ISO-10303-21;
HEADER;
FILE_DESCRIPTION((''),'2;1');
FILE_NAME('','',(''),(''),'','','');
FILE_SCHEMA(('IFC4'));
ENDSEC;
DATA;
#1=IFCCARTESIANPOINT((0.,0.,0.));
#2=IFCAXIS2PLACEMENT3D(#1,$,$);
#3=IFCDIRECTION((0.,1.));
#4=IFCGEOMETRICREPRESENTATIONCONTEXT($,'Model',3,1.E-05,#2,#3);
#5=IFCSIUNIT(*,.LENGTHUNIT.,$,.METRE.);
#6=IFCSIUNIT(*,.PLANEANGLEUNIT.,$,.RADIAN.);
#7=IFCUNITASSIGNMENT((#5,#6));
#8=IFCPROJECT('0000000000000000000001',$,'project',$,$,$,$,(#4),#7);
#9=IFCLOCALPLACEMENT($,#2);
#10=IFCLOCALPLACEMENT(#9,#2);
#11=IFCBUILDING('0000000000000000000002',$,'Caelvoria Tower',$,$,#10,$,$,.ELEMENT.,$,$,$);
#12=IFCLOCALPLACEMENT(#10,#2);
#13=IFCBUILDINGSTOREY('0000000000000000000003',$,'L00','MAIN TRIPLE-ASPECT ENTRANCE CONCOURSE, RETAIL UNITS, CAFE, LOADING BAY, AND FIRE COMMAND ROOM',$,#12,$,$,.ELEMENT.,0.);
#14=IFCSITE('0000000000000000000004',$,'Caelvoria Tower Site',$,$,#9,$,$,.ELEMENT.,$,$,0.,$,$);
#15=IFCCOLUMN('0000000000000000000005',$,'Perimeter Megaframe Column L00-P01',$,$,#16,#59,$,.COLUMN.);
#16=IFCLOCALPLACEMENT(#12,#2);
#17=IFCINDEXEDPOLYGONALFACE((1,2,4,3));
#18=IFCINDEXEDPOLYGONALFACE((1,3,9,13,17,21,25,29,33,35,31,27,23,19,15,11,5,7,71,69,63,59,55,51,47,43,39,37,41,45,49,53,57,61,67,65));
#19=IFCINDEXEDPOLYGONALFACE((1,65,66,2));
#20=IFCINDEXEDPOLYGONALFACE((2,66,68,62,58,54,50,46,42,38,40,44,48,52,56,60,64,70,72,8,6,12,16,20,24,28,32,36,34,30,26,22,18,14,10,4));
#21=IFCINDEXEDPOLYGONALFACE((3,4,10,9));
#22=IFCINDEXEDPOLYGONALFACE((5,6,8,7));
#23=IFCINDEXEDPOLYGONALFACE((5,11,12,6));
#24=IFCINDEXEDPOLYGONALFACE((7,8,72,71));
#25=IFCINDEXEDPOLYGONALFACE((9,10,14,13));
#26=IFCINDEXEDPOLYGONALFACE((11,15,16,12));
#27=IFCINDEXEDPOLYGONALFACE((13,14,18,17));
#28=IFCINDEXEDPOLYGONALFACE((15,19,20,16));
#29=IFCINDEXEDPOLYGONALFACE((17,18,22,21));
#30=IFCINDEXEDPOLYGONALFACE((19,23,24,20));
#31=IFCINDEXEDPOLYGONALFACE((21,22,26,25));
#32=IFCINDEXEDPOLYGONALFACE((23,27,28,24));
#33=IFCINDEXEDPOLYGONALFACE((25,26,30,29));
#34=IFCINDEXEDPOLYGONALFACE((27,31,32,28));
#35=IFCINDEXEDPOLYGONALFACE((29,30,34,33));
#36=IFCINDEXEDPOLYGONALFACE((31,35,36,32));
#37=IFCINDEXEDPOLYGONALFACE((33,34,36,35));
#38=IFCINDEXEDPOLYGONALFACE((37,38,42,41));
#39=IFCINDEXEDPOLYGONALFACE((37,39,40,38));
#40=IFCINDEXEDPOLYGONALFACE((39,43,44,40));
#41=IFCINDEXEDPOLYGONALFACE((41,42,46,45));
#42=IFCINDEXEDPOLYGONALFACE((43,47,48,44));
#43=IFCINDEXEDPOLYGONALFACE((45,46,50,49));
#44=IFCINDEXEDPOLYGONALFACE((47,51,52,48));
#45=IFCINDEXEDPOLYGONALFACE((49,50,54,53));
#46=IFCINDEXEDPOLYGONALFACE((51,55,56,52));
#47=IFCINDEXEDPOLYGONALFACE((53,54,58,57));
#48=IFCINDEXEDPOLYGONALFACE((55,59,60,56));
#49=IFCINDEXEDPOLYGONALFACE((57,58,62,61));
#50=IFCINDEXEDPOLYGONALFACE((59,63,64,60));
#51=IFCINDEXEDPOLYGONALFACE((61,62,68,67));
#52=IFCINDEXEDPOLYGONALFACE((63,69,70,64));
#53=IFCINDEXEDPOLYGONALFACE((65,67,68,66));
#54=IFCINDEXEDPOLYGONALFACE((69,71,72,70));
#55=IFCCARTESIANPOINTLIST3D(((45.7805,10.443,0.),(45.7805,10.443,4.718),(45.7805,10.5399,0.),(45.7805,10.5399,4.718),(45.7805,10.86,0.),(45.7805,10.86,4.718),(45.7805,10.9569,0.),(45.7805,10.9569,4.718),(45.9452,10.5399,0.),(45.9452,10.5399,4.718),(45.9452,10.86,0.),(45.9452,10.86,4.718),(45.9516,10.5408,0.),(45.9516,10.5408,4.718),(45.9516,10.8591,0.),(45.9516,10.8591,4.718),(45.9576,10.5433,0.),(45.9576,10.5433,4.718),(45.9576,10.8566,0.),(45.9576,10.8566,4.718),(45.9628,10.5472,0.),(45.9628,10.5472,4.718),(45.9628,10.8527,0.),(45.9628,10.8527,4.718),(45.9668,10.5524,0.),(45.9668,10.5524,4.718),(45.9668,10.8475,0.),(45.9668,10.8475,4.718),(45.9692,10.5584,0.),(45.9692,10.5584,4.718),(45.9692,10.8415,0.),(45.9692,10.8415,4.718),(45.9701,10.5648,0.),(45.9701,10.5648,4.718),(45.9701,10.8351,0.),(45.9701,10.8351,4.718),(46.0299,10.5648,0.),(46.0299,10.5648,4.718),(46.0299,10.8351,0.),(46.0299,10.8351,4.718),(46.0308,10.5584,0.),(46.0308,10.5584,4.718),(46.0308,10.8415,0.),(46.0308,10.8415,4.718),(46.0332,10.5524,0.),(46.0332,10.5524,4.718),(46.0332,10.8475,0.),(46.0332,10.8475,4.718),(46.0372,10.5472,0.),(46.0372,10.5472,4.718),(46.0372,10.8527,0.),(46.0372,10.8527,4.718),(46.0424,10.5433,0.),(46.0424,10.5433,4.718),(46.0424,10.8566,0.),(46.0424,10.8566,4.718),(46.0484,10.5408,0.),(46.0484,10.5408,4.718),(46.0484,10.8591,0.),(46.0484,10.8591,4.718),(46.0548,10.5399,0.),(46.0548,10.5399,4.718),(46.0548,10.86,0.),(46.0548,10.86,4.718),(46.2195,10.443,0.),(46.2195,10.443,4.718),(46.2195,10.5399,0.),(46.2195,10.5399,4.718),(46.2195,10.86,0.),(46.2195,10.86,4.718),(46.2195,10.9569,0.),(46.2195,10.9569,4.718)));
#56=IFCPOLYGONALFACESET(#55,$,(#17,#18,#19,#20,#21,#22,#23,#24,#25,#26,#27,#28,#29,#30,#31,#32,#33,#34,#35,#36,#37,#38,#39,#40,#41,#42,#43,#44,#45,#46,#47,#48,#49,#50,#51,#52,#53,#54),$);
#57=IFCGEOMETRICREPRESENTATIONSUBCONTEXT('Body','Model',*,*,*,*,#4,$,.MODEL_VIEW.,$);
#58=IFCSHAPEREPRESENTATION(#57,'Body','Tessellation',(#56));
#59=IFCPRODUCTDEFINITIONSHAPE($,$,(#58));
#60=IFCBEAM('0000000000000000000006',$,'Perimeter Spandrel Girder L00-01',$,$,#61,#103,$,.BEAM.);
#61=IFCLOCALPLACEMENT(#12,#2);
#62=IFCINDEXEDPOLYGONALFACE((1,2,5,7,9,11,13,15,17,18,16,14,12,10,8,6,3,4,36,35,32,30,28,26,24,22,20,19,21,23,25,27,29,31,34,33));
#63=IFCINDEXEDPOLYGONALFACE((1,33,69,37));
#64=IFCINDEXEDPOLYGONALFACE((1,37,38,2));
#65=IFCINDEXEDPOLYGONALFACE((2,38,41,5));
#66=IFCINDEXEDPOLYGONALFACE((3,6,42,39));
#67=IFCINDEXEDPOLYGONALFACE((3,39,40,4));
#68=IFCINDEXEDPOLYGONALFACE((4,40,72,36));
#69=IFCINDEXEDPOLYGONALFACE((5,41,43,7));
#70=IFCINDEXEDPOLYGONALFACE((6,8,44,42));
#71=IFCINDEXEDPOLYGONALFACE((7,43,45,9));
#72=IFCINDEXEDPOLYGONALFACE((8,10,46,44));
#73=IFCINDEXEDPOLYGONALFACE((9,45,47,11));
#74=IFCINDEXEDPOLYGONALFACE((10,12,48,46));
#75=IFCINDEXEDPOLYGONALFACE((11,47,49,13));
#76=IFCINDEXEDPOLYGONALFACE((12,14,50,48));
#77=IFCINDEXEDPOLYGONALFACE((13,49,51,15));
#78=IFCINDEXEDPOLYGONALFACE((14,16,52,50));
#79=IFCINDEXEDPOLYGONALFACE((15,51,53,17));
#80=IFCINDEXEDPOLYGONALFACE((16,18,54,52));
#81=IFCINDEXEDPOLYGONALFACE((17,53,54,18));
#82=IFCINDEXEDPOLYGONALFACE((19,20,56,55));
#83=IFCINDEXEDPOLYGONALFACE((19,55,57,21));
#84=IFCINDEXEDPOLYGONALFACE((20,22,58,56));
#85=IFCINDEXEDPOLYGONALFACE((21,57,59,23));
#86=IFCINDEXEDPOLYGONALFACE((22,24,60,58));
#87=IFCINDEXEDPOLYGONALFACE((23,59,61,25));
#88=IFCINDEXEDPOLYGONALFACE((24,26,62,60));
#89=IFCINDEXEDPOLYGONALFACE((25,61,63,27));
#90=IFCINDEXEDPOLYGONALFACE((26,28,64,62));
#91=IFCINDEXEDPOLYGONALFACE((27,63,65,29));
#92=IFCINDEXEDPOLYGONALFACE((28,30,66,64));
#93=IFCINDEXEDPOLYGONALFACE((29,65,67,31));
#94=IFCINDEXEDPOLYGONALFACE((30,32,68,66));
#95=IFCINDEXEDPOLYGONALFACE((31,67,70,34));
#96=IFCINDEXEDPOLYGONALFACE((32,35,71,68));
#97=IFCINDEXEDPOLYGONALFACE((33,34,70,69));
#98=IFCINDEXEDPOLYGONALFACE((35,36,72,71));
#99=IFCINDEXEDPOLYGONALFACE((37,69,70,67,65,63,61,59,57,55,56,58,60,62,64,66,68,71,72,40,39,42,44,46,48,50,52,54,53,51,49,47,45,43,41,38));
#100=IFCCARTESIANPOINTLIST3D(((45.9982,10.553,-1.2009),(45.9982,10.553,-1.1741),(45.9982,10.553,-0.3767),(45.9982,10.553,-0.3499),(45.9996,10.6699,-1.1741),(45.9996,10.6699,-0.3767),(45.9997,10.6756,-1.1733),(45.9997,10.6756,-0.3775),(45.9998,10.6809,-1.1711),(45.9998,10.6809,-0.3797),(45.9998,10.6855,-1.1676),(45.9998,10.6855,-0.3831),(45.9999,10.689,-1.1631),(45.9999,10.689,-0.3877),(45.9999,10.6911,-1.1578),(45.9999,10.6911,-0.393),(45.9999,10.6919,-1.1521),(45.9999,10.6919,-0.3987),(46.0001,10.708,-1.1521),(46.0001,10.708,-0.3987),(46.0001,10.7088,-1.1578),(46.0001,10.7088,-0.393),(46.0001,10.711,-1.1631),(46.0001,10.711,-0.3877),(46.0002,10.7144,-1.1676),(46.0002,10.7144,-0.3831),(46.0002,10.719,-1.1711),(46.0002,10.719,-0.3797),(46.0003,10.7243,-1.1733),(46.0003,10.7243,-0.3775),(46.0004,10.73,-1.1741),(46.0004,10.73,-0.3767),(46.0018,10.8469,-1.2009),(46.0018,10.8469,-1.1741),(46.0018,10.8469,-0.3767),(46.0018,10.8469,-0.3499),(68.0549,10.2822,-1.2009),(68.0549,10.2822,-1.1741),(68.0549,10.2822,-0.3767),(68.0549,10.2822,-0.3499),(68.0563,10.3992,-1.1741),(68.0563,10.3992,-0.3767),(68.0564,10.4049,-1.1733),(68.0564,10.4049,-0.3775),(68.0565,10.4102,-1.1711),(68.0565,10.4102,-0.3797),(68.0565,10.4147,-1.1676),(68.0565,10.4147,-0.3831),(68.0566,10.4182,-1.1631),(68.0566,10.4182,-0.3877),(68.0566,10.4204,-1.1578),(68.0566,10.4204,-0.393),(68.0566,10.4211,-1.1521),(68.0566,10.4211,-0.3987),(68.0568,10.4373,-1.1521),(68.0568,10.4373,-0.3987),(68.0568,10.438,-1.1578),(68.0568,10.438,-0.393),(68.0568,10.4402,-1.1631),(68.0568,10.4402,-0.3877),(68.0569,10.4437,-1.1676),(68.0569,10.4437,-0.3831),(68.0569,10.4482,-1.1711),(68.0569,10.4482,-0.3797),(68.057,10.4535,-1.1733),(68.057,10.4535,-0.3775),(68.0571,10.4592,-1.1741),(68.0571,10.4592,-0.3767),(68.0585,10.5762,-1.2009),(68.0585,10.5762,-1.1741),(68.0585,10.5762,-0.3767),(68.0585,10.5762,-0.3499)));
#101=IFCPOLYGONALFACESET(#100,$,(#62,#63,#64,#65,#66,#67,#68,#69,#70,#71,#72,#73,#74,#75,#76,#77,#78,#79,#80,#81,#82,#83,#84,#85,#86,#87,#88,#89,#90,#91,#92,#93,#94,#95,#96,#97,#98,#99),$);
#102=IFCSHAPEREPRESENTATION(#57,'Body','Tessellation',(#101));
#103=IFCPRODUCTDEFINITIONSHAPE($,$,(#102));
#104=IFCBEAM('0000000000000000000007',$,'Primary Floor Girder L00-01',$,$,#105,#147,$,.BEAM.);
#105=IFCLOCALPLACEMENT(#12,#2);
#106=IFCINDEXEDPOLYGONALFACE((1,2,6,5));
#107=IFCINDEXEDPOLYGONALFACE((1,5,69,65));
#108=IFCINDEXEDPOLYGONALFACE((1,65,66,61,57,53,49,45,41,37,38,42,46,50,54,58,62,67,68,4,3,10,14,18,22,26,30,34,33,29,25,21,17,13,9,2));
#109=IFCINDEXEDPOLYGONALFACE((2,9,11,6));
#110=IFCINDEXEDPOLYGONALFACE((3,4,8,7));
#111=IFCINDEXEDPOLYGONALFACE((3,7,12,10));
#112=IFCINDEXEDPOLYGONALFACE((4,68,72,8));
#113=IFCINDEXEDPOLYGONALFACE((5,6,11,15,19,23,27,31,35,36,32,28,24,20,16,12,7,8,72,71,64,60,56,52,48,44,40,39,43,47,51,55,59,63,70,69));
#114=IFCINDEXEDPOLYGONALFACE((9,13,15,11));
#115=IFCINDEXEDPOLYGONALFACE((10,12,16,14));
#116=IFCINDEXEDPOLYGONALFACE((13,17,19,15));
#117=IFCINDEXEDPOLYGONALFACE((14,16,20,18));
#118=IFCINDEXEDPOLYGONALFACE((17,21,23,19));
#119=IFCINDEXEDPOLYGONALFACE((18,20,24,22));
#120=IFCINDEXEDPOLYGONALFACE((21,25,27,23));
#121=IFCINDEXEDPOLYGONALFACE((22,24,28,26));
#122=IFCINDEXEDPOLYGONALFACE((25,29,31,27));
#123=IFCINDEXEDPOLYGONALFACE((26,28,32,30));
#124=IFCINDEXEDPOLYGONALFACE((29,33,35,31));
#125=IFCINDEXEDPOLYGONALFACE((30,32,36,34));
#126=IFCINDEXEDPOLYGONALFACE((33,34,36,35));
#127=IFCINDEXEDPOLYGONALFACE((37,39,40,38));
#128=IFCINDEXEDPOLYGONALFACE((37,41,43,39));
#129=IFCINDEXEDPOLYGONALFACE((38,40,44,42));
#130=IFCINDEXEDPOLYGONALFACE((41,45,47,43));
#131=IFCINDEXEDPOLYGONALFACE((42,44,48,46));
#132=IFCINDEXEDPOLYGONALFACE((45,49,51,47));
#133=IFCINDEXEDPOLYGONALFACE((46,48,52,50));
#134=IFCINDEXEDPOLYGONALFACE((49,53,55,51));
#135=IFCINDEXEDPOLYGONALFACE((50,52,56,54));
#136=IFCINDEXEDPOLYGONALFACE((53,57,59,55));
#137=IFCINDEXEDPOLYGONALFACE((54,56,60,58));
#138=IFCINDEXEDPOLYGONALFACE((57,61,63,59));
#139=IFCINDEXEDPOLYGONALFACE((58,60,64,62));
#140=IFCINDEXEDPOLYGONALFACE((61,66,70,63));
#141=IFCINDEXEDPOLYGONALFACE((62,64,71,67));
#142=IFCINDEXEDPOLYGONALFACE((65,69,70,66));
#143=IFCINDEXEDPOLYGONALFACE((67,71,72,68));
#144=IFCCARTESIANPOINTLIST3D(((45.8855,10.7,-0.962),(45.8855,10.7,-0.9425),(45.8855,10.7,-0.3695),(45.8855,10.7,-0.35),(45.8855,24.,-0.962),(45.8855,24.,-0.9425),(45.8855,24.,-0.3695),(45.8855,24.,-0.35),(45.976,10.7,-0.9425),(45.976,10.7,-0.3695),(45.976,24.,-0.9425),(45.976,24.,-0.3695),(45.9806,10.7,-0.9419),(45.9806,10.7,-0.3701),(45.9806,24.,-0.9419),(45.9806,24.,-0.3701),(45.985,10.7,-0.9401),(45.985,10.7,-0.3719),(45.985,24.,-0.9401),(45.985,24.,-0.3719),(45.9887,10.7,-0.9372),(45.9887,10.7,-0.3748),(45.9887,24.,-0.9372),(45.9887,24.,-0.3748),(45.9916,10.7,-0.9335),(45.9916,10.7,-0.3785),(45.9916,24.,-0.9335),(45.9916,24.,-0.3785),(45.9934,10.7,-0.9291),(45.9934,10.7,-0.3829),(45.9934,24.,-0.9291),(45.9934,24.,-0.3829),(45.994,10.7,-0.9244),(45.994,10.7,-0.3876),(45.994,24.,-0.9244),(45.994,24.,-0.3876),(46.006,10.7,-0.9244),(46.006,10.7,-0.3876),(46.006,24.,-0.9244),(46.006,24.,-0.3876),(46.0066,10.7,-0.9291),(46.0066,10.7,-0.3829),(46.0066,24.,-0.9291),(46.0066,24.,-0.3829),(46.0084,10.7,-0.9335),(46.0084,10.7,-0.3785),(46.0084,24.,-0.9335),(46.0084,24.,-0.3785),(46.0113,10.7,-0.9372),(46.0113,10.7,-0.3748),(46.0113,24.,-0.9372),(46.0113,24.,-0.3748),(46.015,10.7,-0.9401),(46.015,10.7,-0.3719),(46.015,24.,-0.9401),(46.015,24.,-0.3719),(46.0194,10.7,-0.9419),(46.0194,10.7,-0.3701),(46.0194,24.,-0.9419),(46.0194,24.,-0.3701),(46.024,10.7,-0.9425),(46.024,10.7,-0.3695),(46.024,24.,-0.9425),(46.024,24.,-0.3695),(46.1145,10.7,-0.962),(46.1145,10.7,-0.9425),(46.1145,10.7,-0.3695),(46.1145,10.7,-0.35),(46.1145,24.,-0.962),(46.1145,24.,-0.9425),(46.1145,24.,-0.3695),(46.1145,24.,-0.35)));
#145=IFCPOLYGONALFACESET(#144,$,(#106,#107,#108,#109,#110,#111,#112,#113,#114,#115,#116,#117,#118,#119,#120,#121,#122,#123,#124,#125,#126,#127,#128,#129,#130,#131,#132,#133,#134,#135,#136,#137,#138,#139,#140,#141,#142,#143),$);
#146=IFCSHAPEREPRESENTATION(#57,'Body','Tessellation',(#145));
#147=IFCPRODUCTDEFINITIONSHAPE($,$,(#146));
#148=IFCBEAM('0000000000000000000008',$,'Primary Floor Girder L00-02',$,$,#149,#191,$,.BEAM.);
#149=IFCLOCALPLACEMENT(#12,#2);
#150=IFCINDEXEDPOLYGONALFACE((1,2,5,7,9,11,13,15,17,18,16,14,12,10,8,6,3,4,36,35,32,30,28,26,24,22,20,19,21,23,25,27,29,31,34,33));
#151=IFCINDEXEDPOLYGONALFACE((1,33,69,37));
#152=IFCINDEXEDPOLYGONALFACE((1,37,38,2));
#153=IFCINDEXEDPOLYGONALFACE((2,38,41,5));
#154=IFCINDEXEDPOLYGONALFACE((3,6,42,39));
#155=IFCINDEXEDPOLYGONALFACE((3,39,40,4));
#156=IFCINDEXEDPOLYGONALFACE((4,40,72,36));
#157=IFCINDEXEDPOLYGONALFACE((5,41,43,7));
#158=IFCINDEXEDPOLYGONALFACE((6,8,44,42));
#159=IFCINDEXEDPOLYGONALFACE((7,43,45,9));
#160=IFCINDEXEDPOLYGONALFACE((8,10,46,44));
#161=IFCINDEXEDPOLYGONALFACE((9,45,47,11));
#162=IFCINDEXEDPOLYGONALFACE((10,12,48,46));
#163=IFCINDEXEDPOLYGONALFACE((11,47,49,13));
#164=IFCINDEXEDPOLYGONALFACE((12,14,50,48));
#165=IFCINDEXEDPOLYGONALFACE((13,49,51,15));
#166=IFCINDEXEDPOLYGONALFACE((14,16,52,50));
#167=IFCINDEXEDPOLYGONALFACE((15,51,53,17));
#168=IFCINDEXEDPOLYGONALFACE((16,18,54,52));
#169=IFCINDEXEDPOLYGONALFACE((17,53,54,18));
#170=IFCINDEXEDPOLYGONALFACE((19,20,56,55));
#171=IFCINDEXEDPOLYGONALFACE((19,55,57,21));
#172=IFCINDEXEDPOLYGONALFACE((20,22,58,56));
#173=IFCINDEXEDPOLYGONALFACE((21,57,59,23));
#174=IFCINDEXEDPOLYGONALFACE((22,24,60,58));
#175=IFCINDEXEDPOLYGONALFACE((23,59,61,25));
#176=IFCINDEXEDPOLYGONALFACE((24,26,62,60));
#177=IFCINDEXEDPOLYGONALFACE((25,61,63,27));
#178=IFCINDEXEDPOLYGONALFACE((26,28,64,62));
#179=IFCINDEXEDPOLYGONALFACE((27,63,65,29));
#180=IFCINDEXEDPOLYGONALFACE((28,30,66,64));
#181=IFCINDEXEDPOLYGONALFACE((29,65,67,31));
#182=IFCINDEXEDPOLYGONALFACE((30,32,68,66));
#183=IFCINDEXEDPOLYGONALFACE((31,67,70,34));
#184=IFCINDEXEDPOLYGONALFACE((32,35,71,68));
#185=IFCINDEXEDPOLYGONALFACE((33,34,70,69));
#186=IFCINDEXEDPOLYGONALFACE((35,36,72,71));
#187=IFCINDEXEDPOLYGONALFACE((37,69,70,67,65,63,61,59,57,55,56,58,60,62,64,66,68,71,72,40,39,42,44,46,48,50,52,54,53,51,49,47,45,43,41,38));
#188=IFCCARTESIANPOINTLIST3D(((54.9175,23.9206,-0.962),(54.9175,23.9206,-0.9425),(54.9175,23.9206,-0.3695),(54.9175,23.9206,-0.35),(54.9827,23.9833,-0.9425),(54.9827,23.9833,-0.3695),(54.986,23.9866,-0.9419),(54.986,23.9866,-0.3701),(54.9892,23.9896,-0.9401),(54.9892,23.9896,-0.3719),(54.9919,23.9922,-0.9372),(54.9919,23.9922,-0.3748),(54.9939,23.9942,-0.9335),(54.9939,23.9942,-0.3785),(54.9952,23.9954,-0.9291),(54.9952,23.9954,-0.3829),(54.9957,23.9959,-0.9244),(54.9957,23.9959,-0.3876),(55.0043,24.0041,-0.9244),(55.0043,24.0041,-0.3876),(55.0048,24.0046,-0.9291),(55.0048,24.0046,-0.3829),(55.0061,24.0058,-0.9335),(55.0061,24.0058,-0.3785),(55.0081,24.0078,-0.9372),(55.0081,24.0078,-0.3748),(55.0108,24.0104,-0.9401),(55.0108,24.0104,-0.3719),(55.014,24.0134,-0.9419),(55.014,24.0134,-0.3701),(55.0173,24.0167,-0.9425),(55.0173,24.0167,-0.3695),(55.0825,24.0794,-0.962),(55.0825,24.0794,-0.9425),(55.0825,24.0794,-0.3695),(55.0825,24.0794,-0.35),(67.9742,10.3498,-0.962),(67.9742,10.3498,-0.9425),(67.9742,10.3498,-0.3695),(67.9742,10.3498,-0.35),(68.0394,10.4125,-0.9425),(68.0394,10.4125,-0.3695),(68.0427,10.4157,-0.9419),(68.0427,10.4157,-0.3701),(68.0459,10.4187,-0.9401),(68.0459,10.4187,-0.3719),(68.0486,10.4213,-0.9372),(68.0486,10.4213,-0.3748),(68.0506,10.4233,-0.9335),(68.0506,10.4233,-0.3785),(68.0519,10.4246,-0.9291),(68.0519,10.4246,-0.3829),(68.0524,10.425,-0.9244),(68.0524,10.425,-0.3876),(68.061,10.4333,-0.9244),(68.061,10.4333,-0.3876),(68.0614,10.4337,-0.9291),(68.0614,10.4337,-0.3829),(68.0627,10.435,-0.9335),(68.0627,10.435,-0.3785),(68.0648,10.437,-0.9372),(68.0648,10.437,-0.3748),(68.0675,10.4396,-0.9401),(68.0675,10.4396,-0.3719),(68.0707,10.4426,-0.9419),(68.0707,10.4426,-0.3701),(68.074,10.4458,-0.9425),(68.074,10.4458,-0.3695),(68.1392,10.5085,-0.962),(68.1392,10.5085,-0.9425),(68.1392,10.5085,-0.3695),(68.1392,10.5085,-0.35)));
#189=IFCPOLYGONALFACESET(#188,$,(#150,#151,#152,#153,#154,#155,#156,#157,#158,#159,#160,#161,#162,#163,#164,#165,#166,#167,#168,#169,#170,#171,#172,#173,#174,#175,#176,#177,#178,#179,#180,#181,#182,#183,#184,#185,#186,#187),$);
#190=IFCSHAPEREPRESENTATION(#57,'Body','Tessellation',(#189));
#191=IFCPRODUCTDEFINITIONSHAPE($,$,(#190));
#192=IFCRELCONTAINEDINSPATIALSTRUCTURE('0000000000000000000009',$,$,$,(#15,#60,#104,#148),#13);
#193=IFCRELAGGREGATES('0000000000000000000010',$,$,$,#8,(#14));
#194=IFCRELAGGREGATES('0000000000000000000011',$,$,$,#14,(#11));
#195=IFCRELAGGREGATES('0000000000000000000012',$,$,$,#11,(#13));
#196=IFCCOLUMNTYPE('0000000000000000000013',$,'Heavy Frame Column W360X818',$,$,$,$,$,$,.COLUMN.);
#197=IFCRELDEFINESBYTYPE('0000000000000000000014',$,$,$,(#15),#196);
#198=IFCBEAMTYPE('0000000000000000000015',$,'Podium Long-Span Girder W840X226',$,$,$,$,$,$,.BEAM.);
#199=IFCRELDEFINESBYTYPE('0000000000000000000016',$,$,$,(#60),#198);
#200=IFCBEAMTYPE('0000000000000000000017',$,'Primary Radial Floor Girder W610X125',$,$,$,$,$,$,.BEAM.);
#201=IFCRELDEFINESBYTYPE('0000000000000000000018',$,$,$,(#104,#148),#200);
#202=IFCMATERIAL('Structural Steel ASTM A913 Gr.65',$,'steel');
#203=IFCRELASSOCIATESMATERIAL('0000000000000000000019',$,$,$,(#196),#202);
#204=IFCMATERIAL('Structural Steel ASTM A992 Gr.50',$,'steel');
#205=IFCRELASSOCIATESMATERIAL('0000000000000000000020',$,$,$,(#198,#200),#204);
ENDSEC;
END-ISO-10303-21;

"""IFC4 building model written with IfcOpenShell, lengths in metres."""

from ifc_helpers import new_model, si_unit, direction, frame, origin, origin_2d, place, context, subcontext, project, spatial, i_section, extrude, material, material_profile, profile_set, type_object, element, save


model = new_model("IFC4")

# Units and contexts
model_context = context("Model", 3, precision=1e-05, world=origin(), true_north=direction((0.0, 1.0)))
body_context = subcontext(model_context, "Body", "Model", "MODEL_VIEW")
ifc_project = project(units=[si_unit("LENGTHUNIT", "METRE"), si_unit("PLANEANGLEUNIT", "RADIAN")], contexts=[model_context])

# Site, building, storey
site_placement = place(None, origin())
site = spatial("IfcSite", under=ifc_project, at=site_placement, Name="Caelvoria Tower Site", CompositionType="ELEMENT", RefElevation=0.0)
building_placement = place(site_placement, origin())
building = spatial("IfcBuilding", under=site, at=building_placement, Name="Caelvoria Tower", CompositionType="ELEMENT")
storey_placement = place(building_placement, origin())
storey = spatial("IfcBuildingStorey", under=building, at=storey_placement, Name="L00", Description="MAIN TRIPLE-ASPECT ENTRANCE CONCOURSE, RETAIL UNITS, CAFE, LOADING BAY, AND FIRE COMMAND ROOM", CompositionType="ELEMENT", Elevation=0.0)

# Column
ifc_material_1 = material(Name="Structural Steel ASTM A913 Gr.65", Category="steel")
ifc_material_profile_1 = material_profile(ifc_material_1, i_section(OverallWidth=0.439, OverallDepth=0.5139, WebThickness=0.0598, FlangeThickness=0.0969, FilletRadius=0.0249, at=origin_2d()), Name="Structural Steel ASTM A913 Gr.65")
ifc_profile_set_1 = profile_set([ifc_material_profile_1], Name="W360X818 - Structural Steel ASTM A913 Gr.65")
column_type = type_object("IfcColumnType", Name="Heavy Frame Column W360X818", PredefinedType="COLUMN", material=ifc_profile_set_1)
column_placement = place(storey_placement, frame((46.0, 10.7, 0.0), z_axis=(0.0, 0.0, 1.0), x_axis=(1.0, 0.0, 0.0)))
element("IfcColumn", 1, at=column_placement, inside=storey, type_object=column_type, Name="Perimeter Megaframe Column L00-P01", PredefinedType="COLUMN", context=body_context, shape_type="SweptSolid", body=[
    extrude(i_section(OverallWidth=0.439, OverallDepth=0.5139, WebThickness=0.0598, FlangeThickness=0.0969, FilletRadius=0.0249, at=origin_2d()), origin(), (0.0, 0.0, 1.0), 4.718),
])

# Beams
ifc_material_2 = material(Name="Structural Steel ASTM A992 Gr.50", Category="steel")
ifc_material_profile_2 = material_profile(ifc_material_2, i_section(OverallWidth=0.2939, OverallDepth=0.8511, WebThickness=0.0161, FlangeThickness=0.0269, FilletRadius=0.022, at=origin_2d()), Name="Structural Steel ASTM A992 Gr.50")
ifc_profile_set_2 = profile_set([ifc_material_profile_2], Name="W840X226 - Structural Steel ASTM A992 Gr.50")
beam_type_1 = type_object("IfcBeamType", Name="Podium Long-Span Girder W840X226", PredefinedType="BEAM", material=ifc_profile_set_2)
beam_1_placement = place(storey_placement, frame((46.0, 10.7, -0.7754), z_axis=(0.999925, -0.012274, 0.0), x_axis=(0.012274, 0.999925, 0.0)))
element("IfcBeam", 2, at=beam_1_placement, inside=storey, type_object=beam_type_1, Name="Perimeter Spandrel Girder L00-01", PredefinedType="BEAM", context=body_context, shape_type="SweptSolid", body=[
    extrude(i_section(OverallWidth=0.2939, OverallDepth=0.8511, WebThickness=0.0161, FlangeThickness=0.0269, FilletRadius=0.022, at=origin_2d()), origin(), (0.0, 0.0, 1.0), 22.0583),
])
ifc_material_profile_3 = material_profile(ifc_material_2, i_section(OverallWidth=0.229, OverallDepth=0.6121, WebThickness=0.012, FlangeThickness=0.0195, FilletRadius=0.0181, at=origin_2d()), Name="Structural Steel ASTM A992 Gr.50")
ifc_profile_set_3 = profile_set([ifc_material_profile_3], Name="W610X125 - Structural Steel ASTM A992 Gr.50")
beam_type_2 = type_object("IfcBeamType", Name="Primary Radial Floor Girder W610X125", PredefinedType="BEAM", material=ifc_profile_set_3)
beam_2_placement = place(storey_placement, frame((46.0, 24.0, -0.656), z_axis=(0.0, -1.0, 0.0), x_axis=(1.0, 0.0, 0.0)))
element("IfcBeam", 3, at=beam_2_placement, inside=storey, type_object=beam_type_2, Name="Primary Floor Girder L00-01", PredefinedType="BEAM", context=body_context, shape_type="SweptSolid", body=[
    extrude(i_section(OverallWidth=0.229, OverallDepth=0.6121, WebThickness=0.012, FlangeThickness=0.0195, FilletRadius=0.0181, at=origin_2d()), origin(), (0.0, 0.0, 1.0), 13.3),
])
beam_3_placement = place(storey_placement, frame((55.0, 24.0, -0.656), z_axis=(0.693324, -0.720626, 0.0), x_axis=(0.720626, 0.693324, 0.0)))
element("IfcBeam", 4, at=beam_3_placement, inside=storey, type_object=beam_type_2, Name="Primary Floor Girder L00-02", PredefinedType="BEAM", context=body_context, shape_type="SweptSolid", body=[
    extrude(i_section(OverallWidth=0.229, OverallDepth=0.6121, WebThickness=0.012, FlangeThickness=0.0195, FilletRadius=0.0181, at=origin_2d()), origin(), (0.0, 0.0, 1.0), 18.832),
])

save(model, "model.ifc")
